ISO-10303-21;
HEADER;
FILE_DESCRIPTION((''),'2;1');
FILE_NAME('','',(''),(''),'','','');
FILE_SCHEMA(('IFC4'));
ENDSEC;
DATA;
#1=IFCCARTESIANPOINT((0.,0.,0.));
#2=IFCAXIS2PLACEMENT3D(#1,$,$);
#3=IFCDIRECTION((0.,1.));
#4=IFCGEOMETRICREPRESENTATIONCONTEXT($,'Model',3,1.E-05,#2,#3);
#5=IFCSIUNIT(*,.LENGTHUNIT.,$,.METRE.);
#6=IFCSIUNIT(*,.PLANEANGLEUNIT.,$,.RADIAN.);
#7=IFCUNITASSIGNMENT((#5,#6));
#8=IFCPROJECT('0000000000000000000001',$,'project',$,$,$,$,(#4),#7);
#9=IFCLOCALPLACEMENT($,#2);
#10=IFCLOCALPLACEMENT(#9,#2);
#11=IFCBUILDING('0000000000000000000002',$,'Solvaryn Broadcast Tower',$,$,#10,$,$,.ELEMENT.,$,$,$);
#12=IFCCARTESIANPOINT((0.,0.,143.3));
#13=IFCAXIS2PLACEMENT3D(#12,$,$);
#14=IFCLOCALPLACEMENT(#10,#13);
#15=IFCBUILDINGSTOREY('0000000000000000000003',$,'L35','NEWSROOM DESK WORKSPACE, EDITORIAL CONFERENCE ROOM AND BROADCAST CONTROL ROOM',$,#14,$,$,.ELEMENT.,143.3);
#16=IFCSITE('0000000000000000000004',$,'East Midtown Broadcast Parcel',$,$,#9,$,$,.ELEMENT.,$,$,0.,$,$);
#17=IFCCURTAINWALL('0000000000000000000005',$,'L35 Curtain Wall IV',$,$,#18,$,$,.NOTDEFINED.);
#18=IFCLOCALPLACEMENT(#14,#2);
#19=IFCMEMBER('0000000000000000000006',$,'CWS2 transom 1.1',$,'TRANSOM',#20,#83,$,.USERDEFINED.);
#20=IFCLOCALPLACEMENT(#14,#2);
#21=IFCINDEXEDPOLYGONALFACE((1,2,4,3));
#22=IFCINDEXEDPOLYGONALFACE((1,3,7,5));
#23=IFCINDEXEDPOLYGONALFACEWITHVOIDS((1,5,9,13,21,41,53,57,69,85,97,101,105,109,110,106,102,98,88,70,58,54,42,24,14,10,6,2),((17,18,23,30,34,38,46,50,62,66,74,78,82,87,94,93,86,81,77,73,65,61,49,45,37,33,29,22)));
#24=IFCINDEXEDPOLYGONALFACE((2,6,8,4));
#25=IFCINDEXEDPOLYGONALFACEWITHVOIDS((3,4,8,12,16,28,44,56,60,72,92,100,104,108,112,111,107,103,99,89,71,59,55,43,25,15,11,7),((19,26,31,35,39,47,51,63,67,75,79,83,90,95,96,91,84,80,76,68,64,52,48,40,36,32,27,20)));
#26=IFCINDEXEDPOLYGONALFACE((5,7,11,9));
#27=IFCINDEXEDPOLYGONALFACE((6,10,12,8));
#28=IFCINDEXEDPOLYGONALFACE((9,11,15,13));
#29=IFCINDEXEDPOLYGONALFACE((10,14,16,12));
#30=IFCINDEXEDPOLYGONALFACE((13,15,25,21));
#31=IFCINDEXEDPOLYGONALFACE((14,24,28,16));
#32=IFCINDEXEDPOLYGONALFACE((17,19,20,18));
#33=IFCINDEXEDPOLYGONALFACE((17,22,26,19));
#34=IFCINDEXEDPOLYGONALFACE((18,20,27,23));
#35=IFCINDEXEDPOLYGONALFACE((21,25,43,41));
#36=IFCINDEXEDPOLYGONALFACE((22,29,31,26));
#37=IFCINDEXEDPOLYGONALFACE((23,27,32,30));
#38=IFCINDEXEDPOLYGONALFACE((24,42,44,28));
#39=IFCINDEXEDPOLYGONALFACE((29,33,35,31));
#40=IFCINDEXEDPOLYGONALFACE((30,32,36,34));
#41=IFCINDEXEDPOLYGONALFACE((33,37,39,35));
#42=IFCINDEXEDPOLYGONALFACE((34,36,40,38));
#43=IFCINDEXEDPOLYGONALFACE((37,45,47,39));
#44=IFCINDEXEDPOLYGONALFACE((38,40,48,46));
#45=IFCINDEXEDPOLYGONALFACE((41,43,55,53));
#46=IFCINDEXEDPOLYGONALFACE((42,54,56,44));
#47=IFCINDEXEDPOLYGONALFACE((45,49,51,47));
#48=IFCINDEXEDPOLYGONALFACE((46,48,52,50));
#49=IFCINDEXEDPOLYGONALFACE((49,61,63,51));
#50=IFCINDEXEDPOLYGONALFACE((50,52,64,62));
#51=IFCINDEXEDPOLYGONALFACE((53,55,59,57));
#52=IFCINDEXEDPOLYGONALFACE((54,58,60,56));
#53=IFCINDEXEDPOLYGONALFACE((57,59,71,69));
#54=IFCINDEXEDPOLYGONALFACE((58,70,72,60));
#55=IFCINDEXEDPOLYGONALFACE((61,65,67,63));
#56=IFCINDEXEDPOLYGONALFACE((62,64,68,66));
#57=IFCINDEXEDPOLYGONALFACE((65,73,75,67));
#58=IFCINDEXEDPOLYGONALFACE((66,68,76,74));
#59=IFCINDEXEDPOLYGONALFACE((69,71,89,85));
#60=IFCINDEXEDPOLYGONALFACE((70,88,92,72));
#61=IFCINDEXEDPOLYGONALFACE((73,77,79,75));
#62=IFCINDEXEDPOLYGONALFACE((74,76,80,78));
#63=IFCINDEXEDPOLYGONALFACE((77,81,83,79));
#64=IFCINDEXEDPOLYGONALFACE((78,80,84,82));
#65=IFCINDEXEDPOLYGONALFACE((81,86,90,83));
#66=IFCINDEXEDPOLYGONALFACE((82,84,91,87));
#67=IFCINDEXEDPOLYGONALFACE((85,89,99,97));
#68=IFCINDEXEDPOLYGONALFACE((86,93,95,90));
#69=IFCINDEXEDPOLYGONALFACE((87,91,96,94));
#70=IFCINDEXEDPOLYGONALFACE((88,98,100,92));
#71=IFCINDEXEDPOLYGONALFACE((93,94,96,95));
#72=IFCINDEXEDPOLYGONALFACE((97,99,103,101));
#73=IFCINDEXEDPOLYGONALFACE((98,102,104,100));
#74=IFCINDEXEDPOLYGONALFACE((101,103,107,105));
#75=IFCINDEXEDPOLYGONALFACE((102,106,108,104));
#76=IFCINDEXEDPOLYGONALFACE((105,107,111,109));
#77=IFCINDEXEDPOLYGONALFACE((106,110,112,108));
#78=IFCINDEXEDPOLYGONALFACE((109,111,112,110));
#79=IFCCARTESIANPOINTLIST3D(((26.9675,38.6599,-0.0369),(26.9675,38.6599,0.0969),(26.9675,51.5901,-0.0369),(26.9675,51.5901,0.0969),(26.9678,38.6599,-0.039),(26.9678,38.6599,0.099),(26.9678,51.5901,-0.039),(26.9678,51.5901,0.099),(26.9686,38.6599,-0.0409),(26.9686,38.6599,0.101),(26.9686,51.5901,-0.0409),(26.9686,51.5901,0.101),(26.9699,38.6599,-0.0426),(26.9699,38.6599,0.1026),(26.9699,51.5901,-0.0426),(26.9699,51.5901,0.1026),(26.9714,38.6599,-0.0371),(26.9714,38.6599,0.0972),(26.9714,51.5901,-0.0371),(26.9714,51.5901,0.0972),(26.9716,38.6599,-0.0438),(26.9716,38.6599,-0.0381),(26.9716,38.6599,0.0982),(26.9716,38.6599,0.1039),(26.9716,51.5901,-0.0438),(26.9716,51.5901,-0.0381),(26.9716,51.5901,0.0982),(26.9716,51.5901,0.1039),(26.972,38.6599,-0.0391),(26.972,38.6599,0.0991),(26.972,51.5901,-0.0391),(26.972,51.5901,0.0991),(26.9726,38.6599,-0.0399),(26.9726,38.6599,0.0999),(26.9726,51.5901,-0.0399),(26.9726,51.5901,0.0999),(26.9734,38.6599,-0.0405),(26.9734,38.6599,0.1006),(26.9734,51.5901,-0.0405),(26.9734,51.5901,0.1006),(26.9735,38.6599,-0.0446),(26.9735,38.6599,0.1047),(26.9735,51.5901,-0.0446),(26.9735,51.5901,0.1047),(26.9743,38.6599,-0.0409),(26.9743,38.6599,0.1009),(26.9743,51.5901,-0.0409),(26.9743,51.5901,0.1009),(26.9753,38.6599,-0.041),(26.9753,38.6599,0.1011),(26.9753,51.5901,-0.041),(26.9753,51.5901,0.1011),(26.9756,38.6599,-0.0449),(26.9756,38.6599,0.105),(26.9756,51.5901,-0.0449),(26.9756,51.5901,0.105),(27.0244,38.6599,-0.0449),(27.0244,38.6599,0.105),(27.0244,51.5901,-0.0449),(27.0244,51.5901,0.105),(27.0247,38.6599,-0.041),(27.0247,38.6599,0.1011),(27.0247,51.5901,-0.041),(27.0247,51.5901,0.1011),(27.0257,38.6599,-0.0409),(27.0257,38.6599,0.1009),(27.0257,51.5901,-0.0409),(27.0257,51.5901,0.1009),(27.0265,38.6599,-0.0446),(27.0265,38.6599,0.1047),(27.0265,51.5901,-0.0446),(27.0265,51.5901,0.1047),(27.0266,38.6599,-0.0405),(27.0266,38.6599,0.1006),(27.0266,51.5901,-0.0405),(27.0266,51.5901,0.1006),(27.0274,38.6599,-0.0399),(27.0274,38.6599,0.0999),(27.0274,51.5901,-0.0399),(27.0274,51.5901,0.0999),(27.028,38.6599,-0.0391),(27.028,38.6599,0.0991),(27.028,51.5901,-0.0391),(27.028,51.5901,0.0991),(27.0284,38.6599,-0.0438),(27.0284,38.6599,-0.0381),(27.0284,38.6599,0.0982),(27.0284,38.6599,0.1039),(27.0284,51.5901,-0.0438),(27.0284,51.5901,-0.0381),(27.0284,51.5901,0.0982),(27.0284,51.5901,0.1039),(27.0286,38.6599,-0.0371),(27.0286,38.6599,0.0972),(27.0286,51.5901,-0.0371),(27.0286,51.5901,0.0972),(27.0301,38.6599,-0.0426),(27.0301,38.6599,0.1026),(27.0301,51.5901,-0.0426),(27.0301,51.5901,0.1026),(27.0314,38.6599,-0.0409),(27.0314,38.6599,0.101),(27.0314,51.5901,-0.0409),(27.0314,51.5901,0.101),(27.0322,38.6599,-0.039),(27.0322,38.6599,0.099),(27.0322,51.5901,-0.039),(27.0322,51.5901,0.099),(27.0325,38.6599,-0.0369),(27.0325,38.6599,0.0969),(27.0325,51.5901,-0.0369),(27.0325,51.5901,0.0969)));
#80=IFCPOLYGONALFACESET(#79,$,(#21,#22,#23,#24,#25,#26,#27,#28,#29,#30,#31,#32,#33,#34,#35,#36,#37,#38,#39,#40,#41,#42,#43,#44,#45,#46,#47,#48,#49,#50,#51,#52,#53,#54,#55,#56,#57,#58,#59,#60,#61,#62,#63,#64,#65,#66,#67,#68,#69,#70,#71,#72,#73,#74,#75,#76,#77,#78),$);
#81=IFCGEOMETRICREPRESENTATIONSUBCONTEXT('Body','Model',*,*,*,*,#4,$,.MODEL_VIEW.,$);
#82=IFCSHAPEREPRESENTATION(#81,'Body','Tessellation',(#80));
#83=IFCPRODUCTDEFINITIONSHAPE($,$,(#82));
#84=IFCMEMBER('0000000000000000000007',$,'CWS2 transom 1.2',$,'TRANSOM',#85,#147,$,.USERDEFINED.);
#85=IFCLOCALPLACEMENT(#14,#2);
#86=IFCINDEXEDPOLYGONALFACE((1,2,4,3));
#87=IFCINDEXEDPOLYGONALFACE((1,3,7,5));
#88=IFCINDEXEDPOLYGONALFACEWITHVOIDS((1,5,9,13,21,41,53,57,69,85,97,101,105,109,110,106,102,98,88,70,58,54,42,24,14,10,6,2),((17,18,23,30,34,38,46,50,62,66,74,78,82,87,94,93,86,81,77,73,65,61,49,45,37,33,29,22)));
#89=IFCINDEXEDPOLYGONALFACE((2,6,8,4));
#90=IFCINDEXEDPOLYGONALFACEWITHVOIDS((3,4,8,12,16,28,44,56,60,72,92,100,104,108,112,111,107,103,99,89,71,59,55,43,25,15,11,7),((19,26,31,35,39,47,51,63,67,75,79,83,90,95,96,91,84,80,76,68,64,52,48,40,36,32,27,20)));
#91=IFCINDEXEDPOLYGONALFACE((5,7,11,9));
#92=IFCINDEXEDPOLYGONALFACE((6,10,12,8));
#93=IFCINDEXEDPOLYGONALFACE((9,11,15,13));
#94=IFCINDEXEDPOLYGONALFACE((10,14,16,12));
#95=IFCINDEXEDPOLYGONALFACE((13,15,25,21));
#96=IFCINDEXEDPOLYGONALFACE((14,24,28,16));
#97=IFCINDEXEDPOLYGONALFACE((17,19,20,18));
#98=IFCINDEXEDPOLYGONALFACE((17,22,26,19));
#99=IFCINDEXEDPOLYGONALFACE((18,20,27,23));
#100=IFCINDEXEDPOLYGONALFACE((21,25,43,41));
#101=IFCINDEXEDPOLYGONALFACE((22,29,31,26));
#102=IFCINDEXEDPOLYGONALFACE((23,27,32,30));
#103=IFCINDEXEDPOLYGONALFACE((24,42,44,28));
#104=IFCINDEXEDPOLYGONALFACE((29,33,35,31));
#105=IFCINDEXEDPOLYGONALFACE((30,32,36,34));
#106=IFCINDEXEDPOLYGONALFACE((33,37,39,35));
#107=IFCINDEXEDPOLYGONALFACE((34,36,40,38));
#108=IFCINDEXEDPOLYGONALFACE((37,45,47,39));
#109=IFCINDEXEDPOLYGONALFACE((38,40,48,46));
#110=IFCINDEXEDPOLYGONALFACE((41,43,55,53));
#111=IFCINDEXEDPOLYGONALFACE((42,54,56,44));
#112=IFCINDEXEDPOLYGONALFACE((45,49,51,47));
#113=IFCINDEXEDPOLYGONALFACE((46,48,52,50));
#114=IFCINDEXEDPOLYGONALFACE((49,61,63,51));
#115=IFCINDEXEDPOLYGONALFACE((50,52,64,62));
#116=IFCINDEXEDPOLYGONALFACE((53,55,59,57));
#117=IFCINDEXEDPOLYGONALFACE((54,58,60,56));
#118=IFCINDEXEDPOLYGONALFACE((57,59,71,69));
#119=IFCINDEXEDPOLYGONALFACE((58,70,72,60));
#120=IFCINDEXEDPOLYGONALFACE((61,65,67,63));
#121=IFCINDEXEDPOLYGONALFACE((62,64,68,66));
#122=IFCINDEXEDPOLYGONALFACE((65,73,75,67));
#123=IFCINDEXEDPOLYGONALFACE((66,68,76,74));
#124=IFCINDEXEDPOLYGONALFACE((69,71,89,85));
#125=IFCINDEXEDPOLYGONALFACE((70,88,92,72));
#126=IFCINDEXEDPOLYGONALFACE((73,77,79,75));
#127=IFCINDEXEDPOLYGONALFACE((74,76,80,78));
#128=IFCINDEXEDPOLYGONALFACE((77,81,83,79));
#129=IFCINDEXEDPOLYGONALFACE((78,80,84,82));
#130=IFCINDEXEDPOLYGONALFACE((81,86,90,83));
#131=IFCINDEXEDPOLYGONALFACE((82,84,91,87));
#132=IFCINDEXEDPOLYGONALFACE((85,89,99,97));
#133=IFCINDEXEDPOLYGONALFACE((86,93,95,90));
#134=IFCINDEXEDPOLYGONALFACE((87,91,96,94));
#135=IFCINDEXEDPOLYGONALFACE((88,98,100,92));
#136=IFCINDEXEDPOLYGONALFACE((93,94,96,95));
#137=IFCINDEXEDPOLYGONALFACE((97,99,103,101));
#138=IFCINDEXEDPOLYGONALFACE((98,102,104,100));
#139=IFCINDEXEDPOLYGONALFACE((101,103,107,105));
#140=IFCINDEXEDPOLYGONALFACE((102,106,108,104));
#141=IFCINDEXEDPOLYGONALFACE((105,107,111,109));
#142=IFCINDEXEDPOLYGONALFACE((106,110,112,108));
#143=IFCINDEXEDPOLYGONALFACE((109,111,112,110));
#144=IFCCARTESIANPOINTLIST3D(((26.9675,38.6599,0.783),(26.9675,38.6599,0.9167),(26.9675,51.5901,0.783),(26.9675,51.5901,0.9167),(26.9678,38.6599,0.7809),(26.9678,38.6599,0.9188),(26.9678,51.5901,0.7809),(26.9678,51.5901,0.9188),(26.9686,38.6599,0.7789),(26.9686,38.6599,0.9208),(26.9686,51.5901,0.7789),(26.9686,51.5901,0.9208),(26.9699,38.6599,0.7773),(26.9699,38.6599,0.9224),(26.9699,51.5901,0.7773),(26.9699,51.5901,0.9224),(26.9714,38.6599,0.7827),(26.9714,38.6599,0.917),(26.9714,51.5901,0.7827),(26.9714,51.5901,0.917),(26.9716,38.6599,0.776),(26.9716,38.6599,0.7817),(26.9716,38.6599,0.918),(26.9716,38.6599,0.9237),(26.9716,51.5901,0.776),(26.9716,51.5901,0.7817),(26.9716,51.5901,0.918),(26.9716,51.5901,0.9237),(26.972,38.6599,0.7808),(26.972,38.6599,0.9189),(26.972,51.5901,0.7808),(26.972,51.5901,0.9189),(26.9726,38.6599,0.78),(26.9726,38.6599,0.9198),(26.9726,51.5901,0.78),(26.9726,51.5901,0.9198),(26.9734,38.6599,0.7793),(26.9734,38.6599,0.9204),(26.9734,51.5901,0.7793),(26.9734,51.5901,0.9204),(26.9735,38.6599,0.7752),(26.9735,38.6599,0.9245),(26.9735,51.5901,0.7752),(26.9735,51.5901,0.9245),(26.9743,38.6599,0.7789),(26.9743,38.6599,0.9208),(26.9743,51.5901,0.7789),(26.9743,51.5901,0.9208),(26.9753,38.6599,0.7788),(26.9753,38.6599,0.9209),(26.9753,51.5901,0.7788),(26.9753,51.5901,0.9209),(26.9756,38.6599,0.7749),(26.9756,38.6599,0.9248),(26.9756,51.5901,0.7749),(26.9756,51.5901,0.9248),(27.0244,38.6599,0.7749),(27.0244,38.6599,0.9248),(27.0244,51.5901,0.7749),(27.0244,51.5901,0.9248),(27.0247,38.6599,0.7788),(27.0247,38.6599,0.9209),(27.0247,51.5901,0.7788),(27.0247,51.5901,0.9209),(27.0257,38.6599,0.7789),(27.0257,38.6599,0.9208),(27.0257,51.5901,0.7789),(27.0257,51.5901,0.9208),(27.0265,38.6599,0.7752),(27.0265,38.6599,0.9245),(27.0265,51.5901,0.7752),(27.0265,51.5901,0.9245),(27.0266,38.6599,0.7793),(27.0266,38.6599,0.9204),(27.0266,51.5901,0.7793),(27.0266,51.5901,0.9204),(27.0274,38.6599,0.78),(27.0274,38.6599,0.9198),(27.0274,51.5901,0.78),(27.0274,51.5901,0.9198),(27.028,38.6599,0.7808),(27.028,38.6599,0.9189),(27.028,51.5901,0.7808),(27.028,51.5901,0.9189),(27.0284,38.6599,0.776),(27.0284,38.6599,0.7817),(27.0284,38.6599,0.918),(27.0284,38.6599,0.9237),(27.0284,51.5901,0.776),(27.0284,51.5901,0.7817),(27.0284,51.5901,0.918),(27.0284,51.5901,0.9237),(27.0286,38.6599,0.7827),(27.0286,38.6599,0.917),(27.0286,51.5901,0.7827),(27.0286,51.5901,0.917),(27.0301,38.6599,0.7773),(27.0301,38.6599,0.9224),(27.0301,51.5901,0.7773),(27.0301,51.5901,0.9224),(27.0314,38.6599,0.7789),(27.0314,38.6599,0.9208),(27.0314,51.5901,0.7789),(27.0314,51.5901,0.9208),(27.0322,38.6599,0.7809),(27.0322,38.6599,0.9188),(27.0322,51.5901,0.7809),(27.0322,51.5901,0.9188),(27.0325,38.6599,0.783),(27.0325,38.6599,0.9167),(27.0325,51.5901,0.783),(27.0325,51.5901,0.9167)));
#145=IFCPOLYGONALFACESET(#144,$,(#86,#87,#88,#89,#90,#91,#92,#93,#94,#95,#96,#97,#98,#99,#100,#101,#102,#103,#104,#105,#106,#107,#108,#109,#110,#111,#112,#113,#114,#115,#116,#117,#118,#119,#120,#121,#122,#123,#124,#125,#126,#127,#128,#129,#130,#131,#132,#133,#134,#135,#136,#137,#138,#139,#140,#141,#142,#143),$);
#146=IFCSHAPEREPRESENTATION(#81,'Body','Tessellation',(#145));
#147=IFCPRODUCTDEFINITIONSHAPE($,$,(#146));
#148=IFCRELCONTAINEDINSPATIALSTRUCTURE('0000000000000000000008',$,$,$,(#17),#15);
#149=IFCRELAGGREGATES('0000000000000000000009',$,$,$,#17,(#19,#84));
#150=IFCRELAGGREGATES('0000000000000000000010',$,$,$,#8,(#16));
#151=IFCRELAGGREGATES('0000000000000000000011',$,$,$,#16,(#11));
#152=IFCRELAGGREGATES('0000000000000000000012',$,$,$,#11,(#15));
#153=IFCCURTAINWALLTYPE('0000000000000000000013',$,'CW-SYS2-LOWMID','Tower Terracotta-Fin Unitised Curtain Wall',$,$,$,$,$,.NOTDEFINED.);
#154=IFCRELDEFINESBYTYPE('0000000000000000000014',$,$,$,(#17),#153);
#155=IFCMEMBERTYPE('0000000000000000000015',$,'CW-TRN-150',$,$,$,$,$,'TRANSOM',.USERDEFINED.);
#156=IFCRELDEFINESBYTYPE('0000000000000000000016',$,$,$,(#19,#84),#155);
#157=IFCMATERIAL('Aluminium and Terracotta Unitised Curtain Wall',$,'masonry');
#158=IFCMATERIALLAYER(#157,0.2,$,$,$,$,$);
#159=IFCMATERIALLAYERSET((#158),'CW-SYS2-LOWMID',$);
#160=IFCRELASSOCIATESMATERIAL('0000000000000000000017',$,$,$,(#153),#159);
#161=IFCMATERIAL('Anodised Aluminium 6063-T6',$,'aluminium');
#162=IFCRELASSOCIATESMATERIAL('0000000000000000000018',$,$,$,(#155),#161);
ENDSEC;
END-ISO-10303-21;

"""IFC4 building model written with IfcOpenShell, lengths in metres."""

from ifc_helpers import new_model, si_unit, direction, frame, origin, origin_2d, place, context, subcontext, project, spatial, hollow_rectangle, extrude, material, layer, layer_set, material_profile, profile_set, type_object, element, aggregate, save


model = new_model("IFC4")

# Units and contexts
model_context = context("Model", 3, precision=1e-05, world=origin(), true_north=direction((0.0, 1.0)))
body_context = subcontext(model_context, "Body", "Model", "MODEL_VIEW")
ifc_project = project(units=[si_unit("LENGTHUNIT", "METRE"), si_unit("PLANEANGLEUNIT", "RADIAN")], contexts=[model_context])

# Site, building, storey
site_placement = place(None, origin())
site = spatial("IfcSite", under=ifc_project, at=site_placement, Name="East Midtown Broadcast Parcel", CompositionType="ELEMENT", RefElevation=0.0)
building_placement = place(site_placement, origin())
building = spatial("IfcBuilding", under=site, at=building_placement, Name="Solvaryn Broadcast Tower", CompositionType="ELEMENT")
storey_placement = place(building_placement, frame((0.0, 0.0, 143.3)))
storey = spatial("IfcBuildingStorey", under=building, at=storey_placement, Name="L35", Description="NEWSROOM DESK WORKSPACE, EDITORIAL CONFERENCE ROOM AND BROADCAST CONTROL ROOM", CompositionType="ELEMENT", Elevation=143.3)

# Curtain wall
ifc_material_1 = material(Name="Aluminium and Terracotta Unitised Curtain Wall", Category="masonry")
ifc_layer_1 = layer(ifc_material_1, 0.2)
ifc_layer_set_1 = layer_set([ifc_layer_1], Name="CW-SYS2-LOWMID")
curtain_wall_type = type_object("IfcCurtainWallType", Name="CW-SYS2-LOWMID", Description="Tower Terracotta-Fin Unitised Curtain Wall", PredefinedType="NOTDEFINED", material=ifc_layer_set_1)
curtain_wall_1_placement = place(storey_placement, origin())
curtain_wall_1 = element("IfcCurtainWall", 1, at=curtain_wall_1_placement, inside=storey, type_object=curtain_wall_type, Name="L35 Curtain Wall IV", PredefinedType="NOTDEFINED")

# Members
ifc_material_2 = material(Name="Anodised Aluminium 6063-T6", Category="aluminium")
ifc_material_profile_1 = material_profile(ifc_material_2, hollow_rectangle(XDim=0.0649, YDim=0.1499, WallThickness=0.0039, InnerFilletRadius=0.0039, OuterFilletRadius=0.0081, at=origin_2d()))
ifc_profile_set_1 = profile_set([ifc_material_profile_1], Name="Anodised Aluminium 6063-T6")
member_type_1 = type_object("IfcMemberType", Name="CW-TRN-150", ElementType="TRANSOM", PredefinedType="USERDEFINED", material=ifc_profile_set_1)
member_1_placement = place(storey_placement, frame((27.0, 51.5901, 0.03), z_axis=(0.0, -1.0, 0.0), x_axis=(1.0, 0.0, 0.0)))
member_1 = element("IfcMember", 2, at=member_1_placement, type_object=member_type_1, Name="CWS2 transom 1.1", ObjectType="TRANSOM", PredefinedType="USERDEFINED", context=body_context, shape_type="SweptSolid", body=[
    extrude(hollow_rectangle(XDim=0.0649, YDim=0.1499, WallThickness=0.0039, InnerFilletRadius=0.0039, OuterFilletRadius=0.0081, at=origin_2d()), origin(), (0.0, 0.0, 1.0), 12.9302),
])
member_2_placement = place(storey_placement, frame((27.0, 51.5901, 0.8499), z_axis=(0.0, -1.0, 0.0), x_axis=(1.0, 0.0, 0.0)))
member_2 = element("IfcMember", 3, at=member_2_placement, type_object=member_type_1, Name="CWS2 transom 1.2", ObjectType="TRANSOM", PredefinedType="USERDEFINED", context=body_context, shape_type="SweptSolid", body=[
    extrude(hollow_rectangle(XDim=0.0649, YDim=0.1499, WallThickness=0.0039, InnerFilletRadius=0.0039, OuterFilletRadius=0.0081, at=origin_2d()), origin(), (0.0, 0.0, 1.0), 12.9302),
])

aggregate(curtain_wall_1, [member_1, member_2])

save(model, "model.ifc")
